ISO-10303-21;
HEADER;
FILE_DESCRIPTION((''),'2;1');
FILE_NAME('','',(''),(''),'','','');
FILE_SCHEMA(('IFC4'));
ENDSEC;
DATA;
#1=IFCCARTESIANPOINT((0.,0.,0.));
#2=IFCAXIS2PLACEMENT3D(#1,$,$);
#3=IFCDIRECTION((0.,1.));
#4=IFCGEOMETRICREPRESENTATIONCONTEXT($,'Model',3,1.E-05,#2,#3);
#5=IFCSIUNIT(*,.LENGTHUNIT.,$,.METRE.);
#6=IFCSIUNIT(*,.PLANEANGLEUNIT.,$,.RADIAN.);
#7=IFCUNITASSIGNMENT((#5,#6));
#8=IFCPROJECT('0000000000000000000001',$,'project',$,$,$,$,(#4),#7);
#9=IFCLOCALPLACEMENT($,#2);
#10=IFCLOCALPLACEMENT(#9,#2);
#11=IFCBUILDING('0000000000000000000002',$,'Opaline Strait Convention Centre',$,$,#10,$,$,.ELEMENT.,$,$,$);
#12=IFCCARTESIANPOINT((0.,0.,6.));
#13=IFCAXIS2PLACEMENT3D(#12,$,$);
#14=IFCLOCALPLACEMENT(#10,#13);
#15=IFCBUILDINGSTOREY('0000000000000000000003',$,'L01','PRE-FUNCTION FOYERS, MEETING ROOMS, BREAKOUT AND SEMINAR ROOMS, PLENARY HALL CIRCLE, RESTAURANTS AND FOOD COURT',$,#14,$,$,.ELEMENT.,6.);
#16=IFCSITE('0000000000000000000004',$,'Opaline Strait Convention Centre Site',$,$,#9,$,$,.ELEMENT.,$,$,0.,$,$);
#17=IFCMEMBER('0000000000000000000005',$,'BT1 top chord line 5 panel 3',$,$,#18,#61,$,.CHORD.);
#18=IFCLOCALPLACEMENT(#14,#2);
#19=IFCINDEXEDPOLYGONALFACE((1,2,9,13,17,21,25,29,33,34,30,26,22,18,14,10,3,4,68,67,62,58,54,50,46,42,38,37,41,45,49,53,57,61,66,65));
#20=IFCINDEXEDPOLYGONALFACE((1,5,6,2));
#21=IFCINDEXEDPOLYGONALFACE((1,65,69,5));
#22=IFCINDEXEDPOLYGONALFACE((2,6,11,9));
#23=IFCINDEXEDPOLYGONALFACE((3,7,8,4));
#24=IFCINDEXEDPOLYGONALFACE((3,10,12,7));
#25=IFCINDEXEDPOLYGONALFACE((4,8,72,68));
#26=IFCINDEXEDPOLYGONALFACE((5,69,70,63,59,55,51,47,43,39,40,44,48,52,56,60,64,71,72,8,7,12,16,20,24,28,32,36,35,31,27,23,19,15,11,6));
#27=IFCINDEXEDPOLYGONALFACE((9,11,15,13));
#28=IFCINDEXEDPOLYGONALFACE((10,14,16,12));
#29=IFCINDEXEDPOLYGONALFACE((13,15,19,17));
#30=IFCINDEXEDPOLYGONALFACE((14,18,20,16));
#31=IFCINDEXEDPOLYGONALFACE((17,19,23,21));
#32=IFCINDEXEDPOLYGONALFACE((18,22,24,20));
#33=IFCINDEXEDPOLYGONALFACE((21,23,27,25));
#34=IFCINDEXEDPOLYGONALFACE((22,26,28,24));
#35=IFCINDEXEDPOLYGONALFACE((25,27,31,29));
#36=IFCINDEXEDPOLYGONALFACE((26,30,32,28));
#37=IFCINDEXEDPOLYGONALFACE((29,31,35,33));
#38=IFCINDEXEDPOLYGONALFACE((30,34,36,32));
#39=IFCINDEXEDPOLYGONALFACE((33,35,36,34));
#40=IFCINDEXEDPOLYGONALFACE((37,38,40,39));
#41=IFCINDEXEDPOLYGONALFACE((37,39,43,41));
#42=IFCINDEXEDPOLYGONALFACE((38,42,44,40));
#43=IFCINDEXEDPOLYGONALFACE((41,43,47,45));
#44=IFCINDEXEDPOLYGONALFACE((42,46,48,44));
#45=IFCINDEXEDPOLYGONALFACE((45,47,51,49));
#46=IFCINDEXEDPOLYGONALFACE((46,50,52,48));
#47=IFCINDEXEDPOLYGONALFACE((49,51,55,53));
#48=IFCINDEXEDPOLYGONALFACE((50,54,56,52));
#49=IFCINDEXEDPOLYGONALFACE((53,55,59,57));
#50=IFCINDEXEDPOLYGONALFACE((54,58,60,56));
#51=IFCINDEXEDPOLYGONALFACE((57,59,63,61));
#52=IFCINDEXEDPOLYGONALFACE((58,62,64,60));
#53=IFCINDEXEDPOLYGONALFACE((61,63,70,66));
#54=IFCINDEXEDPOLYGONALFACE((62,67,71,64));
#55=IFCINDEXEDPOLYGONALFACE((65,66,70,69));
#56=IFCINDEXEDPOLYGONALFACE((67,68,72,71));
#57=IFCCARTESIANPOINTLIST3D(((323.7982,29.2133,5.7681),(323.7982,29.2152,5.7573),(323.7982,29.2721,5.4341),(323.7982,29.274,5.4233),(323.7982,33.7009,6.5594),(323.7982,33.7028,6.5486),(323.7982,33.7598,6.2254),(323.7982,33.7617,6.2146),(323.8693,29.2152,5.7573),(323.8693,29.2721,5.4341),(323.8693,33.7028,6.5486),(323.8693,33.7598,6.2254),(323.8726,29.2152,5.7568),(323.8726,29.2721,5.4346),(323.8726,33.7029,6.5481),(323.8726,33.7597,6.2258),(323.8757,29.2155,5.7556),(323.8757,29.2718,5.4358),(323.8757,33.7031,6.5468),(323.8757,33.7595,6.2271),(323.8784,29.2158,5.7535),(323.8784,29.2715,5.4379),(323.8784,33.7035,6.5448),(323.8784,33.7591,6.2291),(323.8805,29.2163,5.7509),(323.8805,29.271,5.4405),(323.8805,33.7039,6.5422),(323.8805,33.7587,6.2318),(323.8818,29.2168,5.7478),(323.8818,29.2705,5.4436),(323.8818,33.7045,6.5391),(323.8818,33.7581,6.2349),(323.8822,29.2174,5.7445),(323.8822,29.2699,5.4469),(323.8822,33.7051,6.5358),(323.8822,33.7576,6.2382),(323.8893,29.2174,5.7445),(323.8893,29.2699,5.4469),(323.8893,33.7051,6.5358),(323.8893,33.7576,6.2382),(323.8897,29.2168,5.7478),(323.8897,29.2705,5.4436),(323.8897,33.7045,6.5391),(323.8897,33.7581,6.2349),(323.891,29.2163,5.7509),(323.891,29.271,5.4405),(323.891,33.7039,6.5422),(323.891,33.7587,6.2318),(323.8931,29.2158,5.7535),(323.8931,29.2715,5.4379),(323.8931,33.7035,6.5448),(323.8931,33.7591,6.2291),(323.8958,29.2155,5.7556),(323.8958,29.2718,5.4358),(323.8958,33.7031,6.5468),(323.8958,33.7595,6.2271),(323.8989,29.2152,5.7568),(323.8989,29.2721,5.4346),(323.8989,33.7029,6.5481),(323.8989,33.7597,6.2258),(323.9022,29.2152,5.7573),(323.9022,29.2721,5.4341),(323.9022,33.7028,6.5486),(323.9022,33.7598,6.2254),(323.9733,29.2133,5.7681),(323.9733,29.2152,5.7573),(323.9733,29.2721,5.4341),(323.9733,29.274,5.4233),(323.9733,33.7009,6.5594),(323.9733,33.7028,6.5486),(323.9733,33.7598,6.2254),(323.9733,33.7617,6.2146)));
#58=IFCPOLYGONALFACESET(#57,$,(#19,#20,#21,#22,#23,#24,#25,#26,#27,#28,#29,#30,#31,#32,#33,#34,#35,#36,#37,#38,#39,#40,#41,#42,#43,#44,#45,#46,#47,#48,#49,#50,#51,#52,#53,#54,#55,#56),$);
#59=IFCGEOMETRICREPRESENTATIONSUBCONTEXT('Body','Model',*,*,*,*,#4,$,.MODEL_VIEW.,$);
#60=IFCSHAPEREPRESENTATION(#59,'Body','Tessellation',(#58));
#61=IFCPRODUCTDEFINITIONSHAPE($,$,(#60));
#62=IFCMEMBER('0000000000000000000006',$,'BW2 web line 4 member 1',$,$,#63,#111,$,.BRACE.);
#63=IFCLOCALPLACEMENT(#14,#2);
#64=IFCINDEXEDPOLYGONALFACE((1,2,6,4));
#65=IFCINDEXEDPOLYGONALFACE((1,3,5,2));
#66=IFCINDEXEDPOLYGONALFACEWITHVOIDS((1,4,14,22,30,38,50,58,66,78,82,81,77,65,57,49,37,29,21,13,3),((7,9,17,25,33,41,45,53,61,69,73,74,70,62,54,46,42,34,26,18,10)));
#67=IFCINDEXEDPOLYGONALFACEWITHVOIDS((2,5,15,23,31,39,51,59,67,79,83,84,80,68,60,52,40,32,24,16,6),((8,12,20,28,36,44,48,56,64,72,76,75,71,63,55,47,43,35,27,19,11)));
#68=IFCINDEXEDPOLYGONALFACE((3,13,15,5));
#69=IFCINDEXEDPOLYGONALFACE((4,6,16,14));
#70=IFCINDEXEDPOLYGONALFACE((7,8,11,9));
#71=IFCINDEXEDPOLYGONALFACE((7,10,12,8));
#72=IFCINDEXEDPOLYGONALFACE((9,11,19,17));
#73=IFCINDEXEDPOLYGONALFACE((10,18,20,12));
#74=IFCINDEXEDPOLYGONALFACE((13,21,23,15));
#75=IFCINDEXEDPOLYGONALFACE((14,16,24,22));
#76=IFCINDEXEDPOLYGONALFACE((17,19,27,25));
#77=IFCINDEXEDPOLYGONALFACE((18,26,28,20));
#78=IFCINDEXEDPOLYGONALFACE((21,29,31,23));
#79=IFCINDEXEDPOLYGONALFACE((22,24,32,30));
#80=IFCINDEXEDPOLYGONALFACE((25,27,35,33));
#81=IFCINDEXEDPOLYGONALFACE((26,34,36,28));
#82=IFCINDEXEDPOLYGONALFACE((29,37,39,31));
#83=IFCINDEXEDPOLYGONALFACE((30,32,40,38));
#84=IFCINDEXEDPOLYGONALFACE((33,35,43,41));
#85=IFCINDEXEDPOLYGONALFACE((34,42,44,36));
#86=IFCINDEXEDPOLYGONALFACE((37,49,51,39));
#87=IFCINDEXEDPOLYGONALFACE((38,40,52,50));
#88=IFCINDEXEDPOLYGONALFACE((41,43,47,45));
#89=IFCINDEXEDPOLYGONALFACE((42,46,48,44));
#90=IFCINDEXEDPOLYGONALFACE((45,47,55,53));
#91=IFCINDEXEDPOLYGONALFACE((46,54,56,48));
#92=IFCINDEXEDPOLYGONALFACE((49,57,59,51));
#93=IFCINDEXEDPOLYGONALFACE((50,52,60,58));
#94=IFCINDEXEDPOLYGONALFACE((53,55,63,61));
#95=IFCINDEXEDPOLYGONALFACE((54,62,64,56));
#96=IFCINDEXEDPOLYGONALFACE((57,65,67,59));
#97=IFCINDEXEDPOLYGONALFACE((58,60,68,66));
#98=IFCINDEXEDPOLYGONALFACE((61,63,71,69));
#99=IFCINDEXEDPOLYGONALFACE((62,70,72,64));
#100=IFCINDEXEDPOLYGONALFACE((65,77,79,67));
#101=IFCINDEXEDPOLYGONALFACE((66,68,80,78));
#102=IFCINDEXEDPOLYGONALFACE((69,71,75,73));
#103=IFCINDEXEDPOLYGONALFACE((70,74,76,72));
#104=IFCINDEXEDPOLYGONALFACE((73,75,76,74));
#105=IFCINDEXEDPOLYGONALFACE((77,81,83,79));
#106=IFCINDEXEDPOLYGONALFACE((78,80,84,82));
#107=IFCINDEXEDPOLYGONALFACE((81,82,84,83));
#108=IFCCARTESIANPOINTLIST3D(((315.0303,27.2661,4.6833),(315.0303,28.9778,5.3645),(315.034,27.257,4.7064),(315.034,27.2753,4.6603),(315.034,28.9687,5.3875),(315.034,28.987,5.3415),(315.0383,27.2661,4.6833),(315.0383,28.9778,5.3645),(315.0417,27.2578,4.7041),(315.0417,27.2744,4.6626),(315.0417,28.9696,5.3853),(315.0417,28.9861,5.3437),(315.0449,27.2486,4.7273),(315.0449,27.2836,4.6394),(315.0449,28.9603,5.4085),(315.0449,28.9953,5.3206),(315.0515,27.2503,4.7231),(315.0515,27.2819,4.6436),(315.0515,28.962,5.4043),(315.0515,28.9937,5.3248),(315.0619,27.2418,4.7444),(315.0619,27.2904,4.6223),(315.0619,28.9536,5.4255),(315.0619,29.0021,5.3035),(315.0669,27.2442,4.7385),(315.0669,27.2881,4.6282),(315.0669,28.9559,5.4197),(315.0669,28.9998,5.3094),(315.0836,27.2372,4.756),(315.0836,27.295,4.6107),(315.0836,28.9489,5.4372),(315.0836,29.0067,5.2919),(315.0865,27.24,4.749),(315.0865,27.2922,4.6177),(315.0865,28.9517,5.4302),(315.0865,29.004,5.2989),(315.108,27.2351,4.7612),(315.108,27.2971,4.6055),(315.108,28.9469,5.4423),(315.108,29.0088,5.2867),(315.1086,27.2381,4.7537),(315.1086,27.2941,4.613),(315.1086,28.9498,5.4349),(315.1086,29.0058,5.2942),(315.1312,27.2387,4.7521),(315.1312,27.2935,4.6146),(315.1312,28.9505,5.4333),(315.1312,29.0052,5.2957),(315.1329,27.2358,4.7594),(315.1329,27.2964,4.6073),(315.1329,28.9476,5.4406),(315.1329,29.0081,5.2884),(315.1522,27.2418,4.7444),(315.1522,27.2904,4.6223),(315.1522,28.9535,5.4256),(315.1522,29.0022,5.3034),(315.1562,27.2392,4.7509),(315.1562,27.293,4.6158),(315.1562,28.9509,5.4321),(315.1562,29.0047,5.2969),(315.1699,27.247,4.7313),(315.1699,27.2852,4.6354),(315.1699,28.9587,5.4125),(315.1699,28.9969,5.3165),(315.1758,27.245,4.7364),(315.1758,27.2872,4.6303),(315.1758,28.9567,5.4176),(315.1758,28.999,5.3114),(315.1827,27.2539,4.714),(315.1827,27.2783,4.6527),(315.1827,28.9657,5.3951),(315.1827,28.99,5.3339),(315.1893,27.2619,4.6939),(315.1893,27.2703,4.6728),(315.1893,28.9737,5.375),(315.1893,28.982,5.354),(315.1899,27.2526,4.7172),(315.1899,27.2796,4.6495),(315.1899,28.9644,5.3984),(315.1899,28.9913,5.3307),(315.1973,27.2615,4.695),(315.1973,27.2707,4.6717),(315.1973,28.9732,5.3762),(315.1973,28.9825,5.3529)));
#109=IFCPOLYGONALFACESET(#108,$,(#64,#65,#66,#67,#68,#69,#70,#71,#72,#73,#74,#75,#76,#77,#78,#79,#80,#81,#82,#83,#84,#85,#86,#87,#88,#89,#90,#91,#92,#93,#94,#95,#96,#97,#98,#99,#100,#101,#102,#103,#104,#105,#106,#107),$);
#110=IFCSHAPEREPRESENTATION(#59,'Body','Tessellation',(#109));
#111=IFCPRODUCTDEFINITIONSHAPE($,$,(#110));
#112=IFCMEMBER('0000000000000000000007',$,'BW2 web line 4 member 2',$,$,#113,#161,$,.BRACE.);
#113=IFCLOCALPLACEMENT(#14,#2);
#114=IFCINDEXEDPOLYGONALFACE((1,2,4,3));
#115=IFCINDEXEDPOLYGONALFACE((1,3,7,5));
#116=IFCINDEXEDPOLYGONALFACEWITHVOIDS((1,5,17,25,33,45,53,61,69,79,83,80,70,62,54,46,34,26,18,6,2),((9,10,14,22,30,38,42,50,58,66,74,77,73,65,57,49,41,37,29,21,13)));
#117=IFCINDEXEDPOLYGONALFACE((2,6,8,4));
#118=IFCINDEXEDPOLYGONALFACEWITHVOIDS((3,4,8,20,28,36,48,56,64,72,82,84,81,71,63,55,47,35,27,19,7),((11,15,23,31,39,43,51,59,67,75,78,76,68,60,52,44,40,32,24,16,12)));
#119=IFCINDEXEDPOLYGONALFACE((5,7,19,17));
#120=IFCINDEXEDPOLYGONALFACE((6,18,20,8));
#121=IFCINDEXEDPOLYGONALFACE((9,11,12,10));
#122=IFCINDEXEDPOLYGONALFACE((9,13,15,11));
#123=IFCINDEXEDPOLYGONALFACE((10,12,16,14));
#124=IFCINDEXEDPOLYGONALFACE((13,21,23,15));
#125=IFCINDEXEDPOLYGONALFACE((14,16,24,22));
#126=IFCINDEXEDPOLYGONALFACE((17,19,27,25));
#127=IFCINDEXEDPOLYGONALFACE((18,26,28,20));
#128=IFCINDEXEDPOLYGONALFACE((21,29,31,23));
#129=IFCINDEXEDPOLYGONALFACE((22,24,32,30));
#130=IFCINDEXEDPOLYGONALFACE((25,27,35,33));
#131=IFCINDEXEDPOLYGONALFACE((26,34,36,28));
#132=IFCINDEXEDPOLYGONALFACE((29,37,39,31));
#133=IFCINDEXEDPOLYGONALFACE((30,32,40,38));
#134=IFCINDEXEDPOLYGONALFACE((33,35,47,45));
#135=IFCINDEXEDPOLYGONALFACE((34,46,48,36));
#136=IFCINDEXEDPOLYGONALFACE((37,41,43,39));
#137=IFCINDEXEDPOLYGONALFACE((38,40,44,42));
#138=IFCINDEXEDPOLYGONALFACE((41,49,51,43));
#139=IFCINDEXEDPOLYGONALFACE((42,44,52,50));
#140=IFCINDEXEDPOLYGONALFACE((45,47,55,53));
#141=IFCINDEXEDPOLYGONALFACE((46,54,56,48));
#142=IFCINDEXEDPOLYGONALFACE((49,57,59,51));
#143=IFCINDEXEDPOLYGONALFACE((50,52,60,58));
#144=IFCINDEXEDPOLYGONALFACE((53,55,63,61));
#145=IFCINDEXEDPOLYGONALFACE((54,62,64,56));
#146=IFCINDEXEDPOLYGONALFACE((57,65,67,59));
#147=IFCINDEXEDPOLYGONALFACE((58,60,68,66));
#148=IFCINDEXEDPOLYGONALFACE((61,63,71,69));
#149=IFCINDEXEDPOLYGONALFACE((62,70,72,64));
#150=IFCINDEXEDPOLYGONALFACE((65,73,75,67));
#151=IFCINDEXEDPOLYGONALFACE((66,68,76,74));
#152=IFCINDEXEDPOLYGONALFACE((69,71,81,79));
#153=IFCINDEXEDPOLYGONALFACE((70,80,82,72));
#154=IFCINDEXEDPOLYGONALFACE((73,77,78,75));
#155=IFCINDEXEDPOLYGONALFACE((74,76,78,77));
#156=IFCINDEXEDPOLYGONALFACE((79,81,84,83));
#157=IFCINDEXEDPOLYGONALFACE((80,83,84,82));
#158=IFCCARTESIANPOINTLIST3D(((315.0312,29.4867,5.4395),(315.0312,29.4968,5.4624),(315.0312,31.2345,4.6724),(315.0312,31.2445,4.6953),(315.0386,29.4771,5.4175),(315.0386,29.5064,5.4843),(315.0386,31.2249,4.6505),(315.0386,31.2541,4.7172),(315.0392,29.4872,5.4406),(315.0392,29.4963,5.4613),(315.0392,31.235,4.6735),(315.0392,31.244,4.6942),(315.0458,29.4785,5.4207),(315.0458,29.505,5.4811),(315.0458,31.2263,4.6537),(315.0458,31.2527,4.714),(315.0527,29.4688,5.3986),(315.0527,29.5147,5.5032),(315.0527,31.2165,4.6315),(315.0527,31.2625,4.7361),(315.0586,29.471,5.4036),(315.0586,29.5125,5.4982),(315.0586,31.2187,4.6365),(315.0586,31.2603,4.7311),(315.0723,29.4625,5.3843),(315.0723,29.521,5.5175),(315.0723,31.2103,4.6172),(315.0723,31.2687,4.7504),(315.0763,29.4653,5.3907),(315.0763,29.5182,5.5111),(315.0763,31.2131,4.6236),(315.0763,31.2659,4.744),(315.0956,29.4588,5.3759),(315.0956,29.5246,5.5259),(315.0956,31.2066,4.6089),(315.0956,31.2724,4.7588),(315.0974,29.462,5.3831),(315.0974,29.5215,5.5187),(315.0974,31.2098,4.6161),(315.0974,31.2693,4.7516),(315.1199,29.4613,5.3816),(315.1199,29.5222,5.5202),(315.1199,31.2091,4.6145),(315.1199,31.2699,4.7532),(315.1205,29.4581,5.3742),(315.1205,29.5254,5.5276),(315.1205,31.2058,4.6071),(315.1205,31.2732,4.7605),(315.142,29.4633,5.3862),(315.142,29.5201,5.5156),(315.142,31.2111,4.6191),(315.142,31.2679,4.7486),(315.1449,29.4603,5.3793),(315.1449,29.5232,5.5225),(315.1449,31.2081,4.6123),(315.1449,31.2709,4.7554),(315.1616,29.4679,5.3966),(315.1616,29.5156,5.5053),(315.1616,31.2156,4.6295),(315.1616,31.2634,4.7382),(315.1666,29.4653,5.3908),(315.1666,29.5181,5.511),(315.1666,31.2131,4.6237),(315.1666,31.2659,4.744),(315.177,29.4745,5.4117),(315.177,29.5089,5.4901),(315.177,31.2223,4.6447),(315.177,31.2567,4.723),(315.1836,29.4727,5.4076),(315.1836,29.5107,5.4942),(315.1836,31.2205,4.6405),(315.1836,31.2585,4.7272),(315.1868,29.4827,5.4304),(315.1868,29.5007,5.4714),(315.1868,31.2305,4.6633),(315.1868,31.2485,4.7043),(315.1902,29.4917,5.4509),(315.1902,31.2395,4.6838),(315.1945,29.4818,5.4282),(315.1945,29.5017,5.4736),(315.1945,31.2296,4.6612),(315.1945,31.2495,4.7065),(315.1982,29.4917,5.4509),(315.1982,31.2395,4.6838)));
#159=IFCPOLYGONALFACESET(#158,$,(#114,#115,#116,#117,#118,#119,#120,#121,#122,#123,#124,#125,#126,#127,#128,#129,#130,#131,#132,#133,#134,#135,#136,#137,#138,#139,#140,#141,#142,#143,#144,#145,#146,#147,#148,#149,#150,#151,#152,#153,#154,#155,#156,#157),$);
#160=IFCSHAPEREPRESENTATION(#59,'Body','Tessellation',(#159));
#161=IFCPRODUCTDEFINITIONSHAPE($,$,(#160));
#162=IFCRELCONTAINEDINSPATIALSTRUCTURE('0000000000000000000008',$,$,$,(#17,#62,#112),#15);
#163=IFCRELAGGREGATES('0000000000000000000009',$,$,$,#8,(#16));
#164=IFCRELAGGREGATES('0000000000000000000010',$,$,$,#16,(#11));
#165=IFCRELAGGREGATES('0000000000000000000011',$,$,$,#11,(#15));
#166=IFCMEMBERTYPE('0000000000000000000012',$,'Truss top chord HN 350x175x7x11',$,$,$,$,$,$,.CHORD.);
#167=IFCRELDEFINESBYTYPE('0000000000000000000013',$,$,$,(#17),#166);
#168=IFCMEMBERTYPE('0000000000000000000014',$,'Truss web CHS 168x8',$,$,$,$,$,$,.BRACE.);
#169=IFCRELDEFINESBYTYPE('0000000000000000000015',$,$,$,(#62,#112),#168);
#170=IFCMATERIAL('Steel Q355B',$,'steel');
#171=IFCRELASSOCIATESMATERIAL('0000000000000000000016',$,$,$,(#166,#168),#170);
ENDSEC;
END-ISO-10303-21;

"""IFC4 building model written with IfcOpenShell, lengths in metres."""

from ifc_helpers import new_model, si_unit, direction, frame, origin, origin_2d, place, context, subcontext, project, spatial, hollow_circle, i_section, extrude, material, material_profile, profile_set, type_object, element, save


model = new_model("IFC4")

# Units and contexts
model_context = context("Model", 3, precision=1e-05, world=origin(), true_north=direction((0.0, 1.0)))
body_context = subcontext(model_context, "Body", "Model", "MODEL_VIEW")
ifc_project = project(units=[si_unit("LENGTHUNIT", "METRE"), si_unit("PLANEANGLEUNIT", "RADIAN")], contexts=[model_context])

# Site, building, storey
site_placement = place(None, origin())
site = spatial("IfcSite", under=ifc_project, at=site_placement, Name="Opaline Strait Convention Centre Site", CompositionType="ELEMENT", RefElevation=0.0)
building_placement = place(site_placement, origin())
building = spatial("IfcBuilding", under=site, at=building_placement, Name="Opaline Strait Convention Centre", CompositionType="ELEMENT")
storey_placement = place(building_placement, frame((0.0, 0.0, 6.0)))
storey = spatial("IfcBuildingStorey", under=building, at=storey_placement, Name="L01", Description="PRE-FUNCTION FOYERS, MEETING ROOMS, BREAKOUT AND SEMINAR ROOMS, PLENARY HALL CIRCLE, RESTAURANTS AND FOOD COURT", CompositionType="ELEMENT", Elevation=6.0)

# Members
ifc_material_1 = material(Name="Steel Q355B", Category="steel")
ifc_material_profile_1 = material_profile(ifc_material_1, i_section(OverallWidth=0.175, OverallDepth=0.3501, WebThickness=0.0071, FlangeThickness=0.011, FilletRadius=0.0129, at=origin_2d()), Name="HN 350x175x7x11")
ifc_profile_set_1 = profile_set([ifc_material_profile_1], Name="Steel Q355B")
member_type_1 = type_object("IfcMemberType", Name="Truss top chord HN 350x175x7x11", PredefinedType="CHORD", material=ifc_profile_set_1)
member_1_placement = place(storey_placement, frame((323.8857, 29.2437, 5.5957), z_axis=(0.0, 0.984808, 0.173645), x_axis=(-1.0, 0.0, 0.0)))
element("IfcMember", 1, at=member_1_placement, inside=storey, type_object=member_type_1, Name="BT1 top chord line 5 panel 3", PredefinedType="CHORD", context=body_context, shape_type="SweptSolid", body=[
    extrude(i_section(OverallWidth=0.175, OverallDepth=0.3501, WebThickness=0.0071, FlangeThickness=0.011, FilletRadius=0.0129, at=origin_2d()), origin(), (0.0, 0.0, 1.0), 4.5569),
])
ifc_material_profile_2 = material_profile(ifc_material_1, hollow_circle(Radius=0.084, WallThickness=0.0081, at=origin_2d()), Name="CHS 168x8")
ifc_profile_set_2 = profile_set([ifc_material_profile_2], Name="Steel Q355B")
member_type_2 = type_object("IfcMemberType", Name="Truss web CHS 168x8", PredefinedType="BRACE", material=ifc_profile_set_2)
member_2_placement = place(storey_placement, frame((315.1143, 27.2661, 4.6833), z_axis=(0.0, 0.929133, 0.369745), x_axis=(-1.0, 0.0, 0.0)))
element("IfcMember", 2, at=member_2_placement, inside=storey, type_object=member_type_2, Name="BW2 web line 4 member 1", PredefinedType="BRACE", context=body_context, shape_type="SweptSolid", body=[
    extrude(hollow_circle(Radius=0.084, WallThickness=0.0081, at=origin_2d()), origin(), (0.0, 0.0, 1.0), 1.8423),
])
member_3_placement = place(storey_placement, frame((315.1143, 31.2395, 4.6838), z_axis=(0.0, -0.91569, 0.401885), x_axis=(1.0, 0.0, 0.0)))
element("IfcMember", 3, at=member_3_placement, inside=storey, type_object=member_type_2, Name="BW2 web line 4 member 2", PredefinedType="BRACE", context=body_context, shape_type="SweptSolid", body=[
    extrude(hollow_circle(Radius=0.084, WallThickness=0.0081, at=origin_2d()), origin(), (0.0, 0.0, 1.0), 1.9087),
])

save(model, "model.ifc")
